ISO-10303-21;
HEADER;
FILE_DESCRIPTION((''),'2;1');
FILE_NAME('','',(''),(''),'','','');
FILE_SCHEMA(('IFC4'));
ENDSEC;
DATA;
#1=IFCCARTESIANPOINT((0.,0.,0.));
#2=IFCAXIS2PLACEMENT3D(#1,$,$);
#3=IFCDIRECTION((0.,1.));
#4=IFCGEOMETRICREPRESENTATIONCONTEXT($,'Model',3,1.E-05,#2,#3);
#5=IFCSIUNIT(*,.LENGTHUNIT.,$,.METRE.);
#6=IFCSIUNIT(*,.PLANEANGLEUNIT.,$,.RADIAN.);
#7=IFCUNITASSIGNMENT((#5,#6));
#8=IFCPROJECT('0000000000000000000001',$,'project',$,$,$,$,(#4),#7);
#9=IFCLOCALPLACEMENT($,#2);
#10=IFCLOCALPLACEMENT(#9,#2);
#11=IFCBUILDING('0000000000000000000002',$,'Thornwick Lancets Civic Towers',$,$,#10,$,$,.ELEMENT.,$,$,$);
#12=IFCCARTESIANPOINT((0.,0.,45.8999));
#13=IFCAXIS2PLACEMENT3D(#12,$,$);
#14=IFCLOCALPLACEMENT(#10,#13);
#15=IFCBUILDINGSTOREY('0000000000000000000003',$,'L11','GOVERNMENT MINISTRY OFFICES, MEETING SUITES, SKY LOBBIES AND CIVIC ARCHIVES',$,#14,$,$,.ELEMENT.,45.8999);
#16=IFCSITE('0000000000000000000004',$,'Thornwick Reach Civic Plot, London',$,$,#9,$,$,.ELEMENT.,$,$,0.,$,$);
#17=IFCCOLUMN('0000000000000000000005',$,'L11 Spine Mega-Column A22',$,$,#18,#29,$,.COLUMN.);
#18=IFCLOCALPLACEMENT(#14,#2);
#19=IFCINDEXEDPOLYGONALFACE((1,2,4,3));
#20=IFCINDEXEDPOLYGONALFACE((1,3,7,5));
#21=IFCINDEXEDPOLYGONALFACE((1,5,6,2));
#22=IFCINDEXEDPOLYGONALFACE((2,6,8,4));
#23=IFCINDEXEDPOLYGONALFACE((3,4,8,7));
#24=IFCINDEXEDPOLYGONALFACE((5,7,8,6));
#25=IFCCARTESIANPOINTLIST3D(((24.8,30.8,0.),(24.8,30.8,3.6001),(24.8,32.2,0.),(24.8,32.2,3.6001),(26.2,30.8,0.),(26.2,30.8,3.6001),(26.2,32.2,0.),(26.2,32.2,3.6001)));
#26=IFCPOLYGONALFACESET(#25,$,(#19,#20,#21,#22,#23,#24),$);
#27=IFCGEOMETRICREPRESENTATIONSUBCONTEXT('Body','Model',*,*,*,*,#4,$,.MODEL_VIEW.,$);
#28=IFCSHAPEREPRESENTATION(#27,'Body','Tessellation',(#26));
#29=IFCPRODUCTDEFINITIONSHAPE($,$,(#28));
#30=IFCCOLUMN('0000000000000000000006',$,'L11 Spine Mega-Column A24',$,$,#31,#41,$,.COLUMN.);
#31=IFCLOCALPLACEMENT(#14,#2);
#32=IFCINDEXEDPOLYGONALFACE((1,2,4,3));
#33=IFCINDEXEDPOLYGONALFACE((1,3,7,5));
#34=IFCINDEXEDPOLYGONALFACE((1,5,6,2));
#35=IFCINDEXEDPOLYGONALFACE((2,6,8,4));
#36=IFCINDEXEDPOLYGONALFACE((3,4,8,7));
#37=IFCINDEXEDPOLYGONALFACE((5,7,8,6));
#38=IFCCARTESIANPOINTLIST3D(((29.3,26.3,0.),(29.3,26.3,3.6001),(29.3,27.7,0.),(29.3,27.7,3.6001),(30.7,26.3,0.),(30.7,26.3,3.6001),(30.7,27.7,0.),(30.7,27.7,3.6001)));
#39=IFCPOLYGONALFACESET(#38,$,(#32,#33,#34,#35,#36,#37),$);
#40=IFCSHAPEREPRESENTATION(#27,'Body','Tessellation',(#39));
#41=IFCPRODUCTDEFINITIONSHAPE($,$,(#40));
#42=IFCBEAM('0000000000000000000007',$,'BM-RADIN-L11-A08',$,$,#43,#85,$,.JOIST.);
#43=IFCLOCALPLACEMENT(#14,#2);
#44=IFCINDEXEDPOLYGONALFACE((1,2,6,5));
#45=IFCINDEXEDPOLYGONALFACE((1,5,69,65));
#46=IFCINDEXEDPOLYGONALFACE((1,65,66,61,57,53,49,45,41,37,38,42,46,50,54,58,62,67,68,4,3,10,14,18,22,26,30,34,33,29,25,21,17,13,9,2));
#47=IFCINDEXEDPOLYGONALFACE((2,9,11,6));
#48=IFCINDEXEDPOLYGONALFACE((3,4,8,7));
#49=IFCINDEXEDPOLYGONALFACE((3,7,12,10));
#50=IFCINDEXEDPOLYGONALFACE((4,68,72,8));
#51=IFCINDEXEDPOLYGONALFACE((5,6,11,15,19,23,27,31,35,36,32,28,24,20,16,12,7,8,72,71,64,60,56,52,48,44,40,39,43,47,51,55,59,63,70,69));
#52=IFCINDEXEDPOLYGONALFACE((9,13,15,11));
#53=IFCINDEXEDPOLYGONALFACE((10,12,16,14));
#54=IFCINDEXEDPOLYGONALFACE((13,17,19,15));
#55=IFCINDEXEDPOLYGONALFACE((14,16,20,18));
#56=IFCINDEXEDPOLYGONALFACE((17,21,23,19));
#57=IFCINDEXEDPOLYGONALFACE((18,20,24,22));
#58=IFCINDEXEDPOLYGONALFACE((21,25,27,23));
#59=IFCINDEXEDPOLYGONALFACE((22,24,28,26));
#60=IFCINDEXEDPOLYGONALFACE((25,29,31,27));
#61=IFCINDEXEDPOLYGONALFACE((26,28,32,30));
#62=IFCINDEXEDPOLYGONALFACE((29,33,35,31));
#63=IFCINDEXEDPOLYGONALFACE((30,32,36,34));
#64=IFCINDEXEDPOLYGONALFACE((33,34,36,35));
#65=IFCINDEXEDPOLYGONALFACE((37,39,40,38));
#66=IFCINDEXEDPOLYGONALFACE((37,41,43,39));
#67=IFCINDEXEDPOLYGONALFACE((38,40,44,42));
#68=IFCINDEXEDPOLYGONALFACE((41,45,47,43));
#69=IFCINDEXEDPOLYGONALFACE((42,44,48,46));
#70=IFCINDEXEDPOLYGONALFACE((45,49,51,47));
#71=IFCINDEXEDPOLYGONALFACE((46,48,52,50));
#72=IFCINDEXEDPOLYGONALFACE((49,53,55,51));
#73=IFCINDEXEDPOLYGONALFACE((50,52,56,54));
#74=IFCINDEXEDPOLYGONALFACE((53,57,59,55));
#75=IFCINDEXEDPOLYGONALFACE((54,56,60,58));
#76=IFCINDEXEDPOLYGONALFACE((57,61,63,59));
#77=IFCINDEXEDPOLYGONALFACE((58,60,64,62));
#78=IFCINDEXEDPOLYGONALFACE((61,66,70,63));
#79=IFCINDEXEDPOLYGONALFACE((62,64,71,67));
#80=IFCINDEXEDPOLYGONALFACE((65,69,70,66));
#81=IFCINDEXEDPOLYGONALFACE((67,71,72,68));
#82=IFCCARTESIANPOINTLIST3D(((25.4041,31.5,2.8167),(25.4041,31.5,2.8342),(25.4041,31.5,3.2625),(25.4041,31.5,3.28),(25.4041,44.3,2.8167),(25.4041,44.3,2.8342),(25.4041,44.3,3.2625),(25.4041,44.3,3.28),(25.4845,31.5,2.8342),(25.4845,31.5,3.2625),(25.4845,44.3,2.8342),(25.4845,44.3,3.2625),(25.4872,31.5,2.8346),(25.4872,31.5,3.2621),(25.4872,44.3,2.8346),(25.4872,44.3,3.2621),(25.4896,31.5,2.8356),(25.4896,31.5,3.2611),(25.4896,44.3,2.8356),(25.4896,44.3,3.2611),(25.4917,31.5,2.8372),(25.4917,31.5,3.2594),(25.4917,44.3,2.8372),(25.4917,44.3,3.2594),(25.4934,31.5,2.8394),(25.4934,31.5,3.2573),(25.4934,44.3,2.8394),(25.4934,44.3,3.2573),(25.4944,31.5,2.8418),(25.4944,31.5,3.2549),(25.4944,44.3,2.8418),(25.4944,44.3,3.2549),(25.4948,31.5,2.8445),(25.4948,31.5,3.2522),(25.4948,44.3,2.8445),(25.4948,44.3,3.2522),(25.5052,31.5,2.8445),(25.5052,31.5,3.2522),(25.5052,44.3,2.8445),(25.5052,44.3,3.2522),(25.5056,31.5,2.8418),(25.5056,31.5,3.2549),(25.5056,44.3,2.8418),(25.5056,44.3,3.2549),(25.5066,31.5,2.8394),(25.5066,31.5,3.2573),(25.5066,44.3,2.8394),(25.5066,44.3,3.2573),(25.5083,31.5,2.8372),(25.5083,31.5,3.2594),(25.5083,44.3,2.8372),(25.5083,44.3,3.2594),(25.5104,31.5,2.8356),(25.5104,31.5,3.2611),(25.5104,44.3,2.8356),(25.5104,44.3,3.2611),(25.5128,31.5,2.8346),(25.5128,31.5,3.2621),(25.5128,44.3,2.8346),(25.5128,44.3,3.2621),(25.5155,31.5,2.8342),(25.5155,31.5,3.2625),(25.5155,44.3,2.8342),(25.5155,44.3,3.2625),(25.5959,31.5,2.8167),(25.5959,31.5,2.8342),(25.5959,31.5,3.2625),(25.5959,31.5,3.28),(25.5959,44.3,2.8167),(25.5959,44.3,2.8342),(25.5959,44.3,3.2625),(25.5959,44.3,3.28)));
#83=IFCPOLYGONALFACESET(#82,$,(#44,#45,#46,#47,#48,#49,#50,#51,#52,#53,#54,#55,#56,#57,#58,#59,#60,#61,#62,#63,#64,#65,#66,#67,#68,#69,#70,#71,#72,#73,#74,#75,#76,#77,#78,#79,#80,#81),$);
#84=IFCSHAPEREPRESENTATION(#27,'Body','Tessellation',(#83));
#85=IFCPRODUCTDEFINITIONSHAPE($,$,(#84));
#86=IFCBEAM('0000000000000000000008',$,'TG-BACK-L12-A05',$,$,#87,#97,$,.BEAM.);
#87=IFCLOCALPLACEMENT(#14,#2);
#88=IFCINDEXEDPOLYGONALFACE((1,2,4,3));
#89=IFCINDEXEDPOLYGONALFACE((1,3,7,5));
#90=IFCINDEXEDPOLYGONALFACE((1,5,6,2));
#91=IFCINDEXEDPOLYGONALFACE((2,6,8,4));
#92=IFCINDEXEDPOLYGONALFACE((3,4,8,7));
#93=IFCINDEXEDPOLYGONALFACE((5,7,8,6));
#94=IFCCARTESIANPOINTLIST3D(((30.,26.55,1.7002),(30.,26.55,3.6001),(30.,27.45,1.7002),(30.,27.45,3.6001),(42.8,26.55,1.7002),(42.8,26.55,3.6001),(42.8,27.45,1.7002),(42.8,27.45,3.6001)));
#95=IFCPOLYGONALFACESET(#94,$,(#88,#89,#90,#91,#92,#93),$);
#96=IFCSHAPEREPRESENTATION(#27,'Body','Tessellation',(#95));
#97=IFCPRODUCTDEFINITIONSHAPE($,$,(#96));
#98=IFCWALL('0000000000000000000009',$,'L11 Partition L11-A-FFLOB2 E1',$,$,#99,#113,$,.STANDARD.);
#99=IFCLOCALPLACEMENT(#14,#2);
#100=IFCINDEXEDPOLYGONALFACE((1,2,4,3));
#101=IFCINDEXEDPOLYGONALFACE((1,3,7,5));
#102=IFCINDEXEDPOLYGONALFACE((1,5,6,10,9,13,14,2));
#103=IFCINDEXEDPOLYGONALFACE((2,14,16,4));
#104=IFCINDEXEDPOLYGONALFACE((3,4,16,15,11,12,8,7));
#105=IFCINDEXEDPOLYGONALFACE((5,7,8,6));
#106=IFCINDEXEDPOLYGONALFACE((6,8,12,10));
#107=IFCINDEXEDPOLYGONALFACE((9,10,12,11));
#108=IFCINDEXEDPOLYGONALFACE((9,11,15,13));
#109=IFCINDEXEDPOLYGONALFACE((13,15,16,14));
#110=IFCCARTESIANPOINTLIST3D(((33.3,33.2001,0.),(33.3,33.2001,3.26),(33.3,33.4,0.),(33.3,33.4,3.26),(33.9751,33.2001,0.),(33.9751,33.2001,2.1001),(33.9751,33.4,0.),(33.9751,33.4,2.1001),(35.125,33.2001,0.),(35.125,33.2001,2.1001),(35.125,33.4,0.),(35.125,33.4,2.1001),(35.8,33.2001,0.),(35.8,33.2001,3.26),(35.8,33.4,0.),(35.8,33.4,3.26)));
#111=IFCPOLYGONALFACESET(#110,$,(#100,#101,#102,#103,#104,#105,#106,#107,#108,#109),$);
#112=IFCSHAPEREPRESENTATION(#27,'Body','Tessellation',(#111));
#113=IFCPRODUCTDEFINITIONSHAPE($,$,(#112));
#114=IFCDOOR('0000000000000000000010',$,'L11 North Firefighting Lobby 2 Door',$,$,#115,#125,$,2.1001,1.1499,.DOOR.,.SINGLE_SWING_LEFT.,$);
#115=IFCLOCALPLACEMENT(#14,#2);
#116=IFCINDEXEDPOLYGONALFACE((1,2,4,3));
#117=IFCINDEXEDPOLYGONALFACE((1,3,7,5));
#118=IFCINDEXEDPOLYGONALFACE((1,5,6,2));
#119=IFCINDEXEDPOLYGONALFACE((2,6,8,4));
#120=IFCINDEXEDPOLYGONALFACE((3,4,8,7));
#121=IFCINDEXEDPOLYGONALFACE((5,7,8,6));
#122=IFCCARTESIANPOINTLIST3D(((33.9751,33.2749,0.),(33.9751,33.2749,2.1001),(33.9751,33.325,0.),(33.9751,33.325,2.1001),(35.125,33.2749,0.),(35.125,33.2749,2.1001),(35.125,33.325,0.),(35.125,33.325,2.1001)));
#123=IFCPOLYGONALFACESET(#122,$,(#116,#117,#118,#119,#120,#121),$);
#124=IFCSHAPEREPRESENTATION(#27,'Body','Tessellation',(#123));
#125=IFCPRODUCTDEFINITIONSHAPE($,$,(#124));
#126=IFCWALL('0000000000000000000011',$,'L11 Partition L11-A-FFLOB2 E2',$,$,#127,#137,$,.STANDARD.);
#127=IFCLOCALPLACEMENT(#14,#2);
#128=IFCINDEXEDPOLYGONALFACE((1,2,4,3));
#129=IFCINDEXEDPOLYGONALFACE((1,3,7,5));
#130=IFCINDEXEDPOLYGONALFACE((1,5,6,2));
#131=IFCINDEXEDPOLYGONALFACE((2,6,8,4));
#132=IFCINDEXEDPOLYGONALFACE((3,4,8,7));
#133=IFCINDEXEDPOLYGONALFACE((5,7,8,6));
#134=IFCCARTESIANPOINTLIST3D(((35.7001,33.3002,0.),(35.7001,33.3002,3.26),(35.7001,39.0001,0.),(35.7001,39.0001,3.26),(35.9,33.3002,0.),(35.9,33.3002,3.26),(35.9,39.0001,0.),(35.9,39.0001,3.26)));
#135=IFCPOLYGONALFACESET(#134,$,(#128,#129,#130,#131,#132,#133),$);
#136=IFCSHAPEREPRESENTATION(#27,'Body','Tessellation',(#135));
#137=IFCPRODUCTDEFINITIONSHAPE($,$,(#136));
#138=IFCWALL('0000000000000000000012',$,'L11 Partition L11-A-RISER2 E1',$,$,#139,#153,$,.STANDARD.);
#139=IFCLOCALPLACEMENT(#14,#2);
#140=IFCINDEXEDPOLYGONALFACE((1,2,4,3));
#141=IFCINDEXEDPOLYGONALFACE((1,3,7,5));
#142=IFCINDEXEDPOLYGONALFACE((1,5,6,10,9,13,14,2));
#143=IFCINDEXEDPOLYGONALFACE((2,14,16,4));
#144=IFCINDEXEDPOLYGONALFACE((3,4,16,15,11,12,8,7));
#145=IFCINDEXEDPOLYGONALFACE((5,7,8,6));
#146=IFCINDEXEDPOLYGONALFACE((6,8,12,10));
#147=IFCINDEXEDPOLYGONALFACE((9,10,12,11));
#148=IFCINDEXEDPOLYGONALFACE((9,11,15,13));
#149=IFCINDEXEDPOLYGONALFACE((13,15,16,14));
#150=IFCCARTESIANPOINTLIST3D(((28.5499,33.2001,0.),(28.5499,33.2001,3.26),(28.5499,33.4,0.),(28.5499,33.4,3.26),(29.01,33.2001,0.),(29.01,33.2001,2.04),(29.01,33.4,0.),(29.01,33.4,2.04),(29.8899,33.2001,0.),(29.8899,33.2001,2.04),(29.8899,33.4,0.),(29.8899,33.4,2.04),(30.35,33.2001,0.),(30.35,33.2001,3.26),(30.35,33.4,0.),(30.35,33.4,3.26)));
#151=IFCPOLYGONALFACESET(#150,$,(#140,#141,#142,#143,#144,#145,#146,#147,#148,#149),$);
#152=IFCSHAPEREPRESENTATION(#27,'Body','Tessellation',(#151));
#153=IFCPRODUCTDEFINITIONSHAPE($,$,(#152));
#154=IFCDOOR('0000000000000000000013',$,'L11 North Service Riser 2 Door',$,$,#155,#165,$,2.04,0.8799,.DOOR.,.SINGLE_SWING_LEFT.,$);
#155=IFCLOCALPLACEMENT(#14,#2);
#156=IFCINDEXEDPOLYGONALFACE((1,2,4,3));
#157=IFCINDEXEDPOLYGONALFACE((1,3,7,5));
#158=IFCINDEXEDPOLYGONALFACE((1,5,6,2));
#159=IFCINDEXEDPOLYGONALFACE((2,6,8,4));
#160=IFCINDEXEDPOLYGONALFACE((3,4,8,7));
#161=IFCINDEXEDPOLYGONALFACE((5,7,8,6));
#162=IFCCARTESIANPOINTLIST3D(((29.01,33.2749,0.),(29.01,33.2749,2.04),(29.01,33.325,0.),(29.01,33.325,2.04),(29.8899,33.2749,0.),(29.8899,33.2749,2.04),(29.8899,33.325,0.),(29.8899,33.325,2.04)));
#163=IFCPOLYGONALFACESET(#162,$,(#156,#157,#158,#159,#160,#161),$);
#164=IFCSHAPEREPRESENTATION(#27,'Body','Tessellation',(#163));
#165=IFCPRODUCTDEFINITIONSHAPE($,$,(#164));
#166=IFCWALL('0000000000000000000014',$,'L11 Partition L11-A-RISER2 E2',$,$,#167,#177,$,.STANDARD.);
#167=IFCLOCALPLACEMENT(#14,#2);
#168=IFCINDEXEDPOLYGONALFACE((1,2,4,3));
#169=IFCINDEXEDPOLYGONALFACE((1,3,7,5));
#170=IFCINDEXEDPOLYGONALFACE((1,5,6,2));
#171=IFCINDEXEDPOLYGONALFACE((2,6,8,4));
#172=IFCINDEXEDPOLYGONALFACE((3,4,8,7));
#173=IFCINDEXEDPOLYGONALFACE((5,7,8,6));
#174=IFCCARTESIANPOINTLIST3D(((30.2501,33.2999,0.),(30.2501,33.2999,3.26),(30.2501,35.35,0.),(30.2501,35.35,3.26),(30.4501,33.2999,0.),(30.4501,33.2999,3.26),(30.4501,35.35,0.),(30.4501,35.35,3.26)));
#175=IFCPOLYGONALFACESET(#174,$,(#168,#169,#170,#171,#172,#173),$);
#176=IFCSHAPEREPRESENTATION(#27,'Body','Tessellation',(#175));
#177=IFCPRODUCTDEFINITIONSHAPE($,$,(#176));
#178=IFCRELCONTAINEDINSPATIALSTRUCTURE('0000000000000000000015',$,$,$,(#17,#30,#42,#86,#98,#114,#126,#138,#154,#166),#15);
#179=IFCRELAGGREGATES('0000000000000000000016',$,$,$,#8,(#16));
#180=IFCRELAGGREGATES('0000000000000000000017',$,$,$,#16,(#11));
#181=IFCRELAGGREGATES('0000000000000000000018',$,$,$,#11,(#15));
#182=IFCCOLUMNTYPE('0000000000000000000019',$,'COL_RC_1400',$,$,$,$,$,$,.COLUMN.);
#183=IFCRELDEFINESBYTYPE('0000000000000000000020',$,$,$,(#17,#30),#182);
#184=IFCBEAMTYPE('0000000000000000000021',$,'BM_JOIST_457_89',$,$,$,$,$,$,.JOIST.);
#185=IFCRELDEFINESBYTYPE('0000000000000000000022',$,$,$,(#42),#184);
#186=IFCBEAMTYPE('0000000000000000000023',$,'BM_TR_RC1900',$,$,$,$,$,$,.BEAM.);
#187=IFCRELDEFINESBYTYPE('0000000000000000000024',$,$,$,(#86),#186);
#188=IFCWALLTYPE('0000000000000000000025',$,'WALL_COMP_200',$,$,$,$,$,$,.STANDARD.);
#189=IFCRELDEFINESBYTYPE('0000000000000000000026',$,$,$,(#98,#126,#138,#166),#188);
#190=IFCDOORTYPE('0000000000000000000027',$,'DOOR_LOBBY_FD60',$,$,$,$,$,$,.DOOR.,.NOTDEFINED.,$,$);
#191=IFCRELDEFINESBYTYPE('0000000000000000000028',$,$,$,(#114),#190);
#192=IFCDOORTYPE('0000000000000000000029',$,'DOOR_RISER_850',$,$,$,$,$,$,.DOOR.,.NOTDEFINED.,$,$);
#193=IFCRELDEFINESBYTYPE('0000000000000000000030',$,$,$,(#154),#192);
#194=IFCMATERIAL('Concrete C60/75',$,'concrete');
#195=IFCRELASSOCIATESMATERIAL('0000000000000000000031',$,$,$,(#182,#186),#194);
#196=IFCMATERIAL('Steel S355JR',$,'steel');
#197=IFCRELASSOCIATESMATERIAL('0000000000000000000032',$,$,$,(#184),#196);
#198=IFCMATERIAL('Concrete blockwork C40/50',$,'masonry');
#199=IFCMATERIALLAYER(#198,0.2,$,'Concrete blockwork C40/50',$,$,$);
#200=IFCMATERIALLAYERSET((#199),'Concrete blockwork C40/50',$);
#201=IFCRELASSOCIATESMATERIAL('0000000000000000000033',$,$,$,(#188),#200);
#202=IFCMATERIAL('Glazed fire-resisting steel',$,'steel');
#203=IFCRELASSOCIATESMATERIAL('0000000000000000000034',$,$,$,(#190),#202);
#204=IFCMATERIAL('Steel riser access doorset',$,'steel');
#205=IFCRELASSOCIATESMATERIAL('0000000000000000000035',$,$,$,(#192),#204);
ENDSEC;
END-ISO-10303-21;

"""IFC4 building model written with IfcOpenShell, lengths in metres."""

from ifc_helpers import new_model, si_unit, direction, frame, frame_2d, origin, origin_2d, place, context, subcontext, project, spatial, rectangle, i_section, extrude, material, layer, layer_set, material_profile, profile_set, type_object, element, fill, save


model = new_model("IFC4")

# Units and contexts
model_context = context("Model", 3, precision=1e-05, world=origin(), true_north=direction((0.0, 1.0)))
body_context = subcontext(model_context, "Body", "Model", "MODEL_VIEW")
ifc_project = project(units=[si_unit("LENGTHUNIT", "METRE"), si_unit("PLANEANGLEUNIT", "RADIAN")], contexts=[model_context])

# Site, building, storey
site_placement = place(None, origin())
site = spatial("IfcSite", under=ifc_project, at=site_placement, Name="Thornwick Reach Civic Plot, London", CompositionType="ELEMENT", RefElevation=0.0)
building_placement = place(site_placement, origin())
building = spatial("IfcBuilding", under=site, at=building_placement, Name="Thornwick Lancets Civic Towers", CompositionType="ELEMENT")
storey_placement = place(building_placement, frame((0.0, 0.0, 45.8999)))
storey = spatial("IfcBuildingStorey", under=building, at=storey_placement, Name="L11", Description="GOVERNMENT MINISTRY OFFICES, MEETING SUITES, SKY LOBBIES AND CIVIC ARCHIVES", CompositionType="ELEMENT", Elevation=45.8999)

# Columns
ifc_material_1 = material(Name="Concrete C60/75", Category="concrete")
ifc_material_profile_1 = material_profile(ifc_material_1, rectangle(XDim=1.3999, YDim=1.3999, at=origin_2d()), Name="RC 1400x1400")
ifc_profile_set_1 = profile_set([ifc_material_profile_1], Name="Concrete C60/75")
column_type = type_object("IfcColumnType", Name="COL_RC_1400", PredefinedType="COLUMN", material=ifc_profile_set_1)
for number, where, z_axis, x_axis, name in (
    (1, (25.5, 31.5, 0.0), (0.0, 0.0, 1.0), (1.0, 0.0, 0.0), "L11 Spine Mega-Column A22"),
    (2, (30.0, 27.0, 0.0), (0.0, 0.0, 1.0), (1.0, 0.0, 0.0), "L11 Spine Mega-Column A24"),
):
    element("IfcColumn", number, at=place(storey_placement, frame(where, z_axis=z_axis, x_axis=x_axis)), inside=storey, type_object=column_type, Name=name, PredefinedType="COLUMN", context=body_context, shape_type="SweptSolid", body=[
        extrude(rectangle(XDim=1.3999, YDim=1.3999, at=origin_2d()), origin(), (0.0, 0.0, 1.0), 3.6001),
    ])

# Beams
ifc_material_2 = material(Name="Steel S355JR", Category="steel")
ifc_material_profile_2 = material_profile(ifc_material_2, i_section(OverallWidth=0.1919, OverallDepth=0.4634, WebThickness=0.0105, FlangeThickness=0.0176, FilletRadius=0.0103, at=origin_2d()), Name="UKB 457x191x89")
ifc_profile_set_2 = profile_set([ifc_material_profile_2], Name="Steel S355JR")
beam_type_1 = type_object("IfcBeamType", Name="BM_JOIST_457_89", PredefinedType="JOIST", material=ifc_profile_set_2)
beam_1_placement = place(storey_placement, frame((25.5, 31.5, 3.0483), z_axis=(0.0, 1.0, 0.0), x_axis=(-1.0, 0.0, 0.0)))
element("IfcBeam", 3, at=beam_1_placement, inside=storey, type_object=beam_type_1, Name="BM-RADIN-L11-A08", PredefinedType="JOIST", context=body_context, shape_type="SweptSolid", body=[
    extrude(i_section(OverallWidth=0.1919, OverallDepth=0.4634, WebThickness=0.0105, FlangeThickness=0.0176, FilletRadius=0.0103, at=origin_2d()), origin(), (0.0, 0.0, 1.0), 12.8),
])
ifc_material_profile_3 = material_profile(ifc_material_1, rectangle(XDim=0.8999, YDim=1.8999, at=origin_2d()), Name="RC 900x1900")
ifc_profile_set_3 = profile_set([ifc_material_profile_3], Name="Concrete C60/75")
beam_type_2 = type_object("IfcBeamType", Name="BM_TR_RC1900", PredefinedType="BEAM", material=ifc_profile_set_3)
beam_2_placement = place(storey_placement, frame((30.0, 27.0, 2.6501), z_axis=(1.0, 0.0, 0.0), x_axis=(0.0, 1.0, 0.0)))
element("IfcBeam", 4, at=beam_2_placement, inside=storey, type_object=beam_type_2, Name="TG-BACK-L12-A05", PredefinedType="BEAM", context=body_context, shape_type="SweptSolid", body=[
    extrude(rectangle(XDim=0.8999, YDim=1.8999, at=origin_2d()), origin(), (0.0, 0.0, 1.0), 12.8),
])

# Wall, opening, door
ifc_material_3 = material(Name="Concrete blockwork C40/50", Category="masonry")
ifc_layer_1 = layer(ifc_material_3, 0.2, Name="Concrete blockwork C40/50")
ifc_layer_set_1 = layer_set([ifc_layer_1], Name="Concrete blockwork C40/50")
wall_type_1 = type_object("IfcWallType", Name="WALL_COMP_200", PredefinedType="STANDARD", material=ifc_layer_set_1)
wall_1_placement = place(storey_placement, frame((33.3, 33.3, 0.0), z_axis=(0.0, 0.0, 1.0), x_axis=(1.0, 0.0, 0.0)))
wall_1 = element("IfcWall", 5, at=wall_1_placement, inside=storey, type_object=wall_type_1, Name="L11 Partition L11-A-FFLOB2 E1", PredefinedType="STANDARD", context=body_context, shape_type="SweptSolid", body=[
    extrude(rectangle(XDim=2.5, YDim=0.2, at=frame_2d((1.25, 0.0))), origin(), (0.0, 0.0, 1.0), 3.26),
])
opening_1_placement = place(wall_1_placement, frame((0.675, 0.0, 0.0)))
opening_1 = element("IfcOpeningElement", 6, at=opening_1_placement, cuts=wall_1, PredefinedType="OPENING", context=body_context, shape_type="SweptSolid", body=[
    extrude(rectangle(XDim=1.1499, YDim=2.1001, at=frame_2d((0.575, 1.05))), frame((0.0, 0.1099, 0.0), z_axis=(0.0, -1.0, 0.0), x_axis=(1.0, 0.0, 0.0)), (0.0, 0.0, 1.0), 0.22),
])
ifc_material_4 = material(Name="Glazed fire-resisting steel", Category="steel")
door_type_1 = type_object("IfcDoorType", Name="DOOR_LOBBY_FD60", OperationType="NOTDEFINED", PredefinedType="DOOR", material=ifc_material_4)
door_1_placement = place(opening_1_placement, origin())
door_1 = element("IfcDoor", 7, at=door_1_placement, inside=storey, type_object=door_type_1, Name="L11 North Firefighting Lobby 2 Door", OperationType="SINGLE_SWING_LEFT", OverallHeight=2.1001, OverallWidth=1.1499, PredefinedType="DOOR", context=body_context, shape_type="SweptSolid", body=[
    extrude(rectangle(XDim=1.1499, YDim=2.1001, at=frame_2d((0.575, 1.05))), frame((0.0, 0.0249, 0.0), z_axis=(0.0, -1.0, 0.0), x_axis=(1.0, 0.0, 0.0)), (0.0, 0.0, 1.0), 0.05),
])
fill(opening_1, door_1)

# Wall
wall_2_placement = place(storey_placement, frame((35.8, 33.3, 0.0), z_axis=(0.0, 0.0, 1.0), x_axis=(0.0, 1.0, 0.0)))
element("IfcWall", 8, at=wall_2_placement, inside=storey, type_object=wall_type_1, Name="L11 Partition L11-A-FFLOB2 E2", PredefinedType="STANDARD", context=body_context, shape_type="SweptSolid", body=[
    extrude(rectangle(XDim=5.7, YDim=0.2, at=frame_2d((2.8501, 0.0))), origin(), (0.0, 0.0, 1.0), 3.26),
])

# Wall, opening, door
wall_3_placement = place(storey_placement, frame((28.55, 33.3, 0.0), z_axis=(0.0, 0.0, 1.0), x_axis=(1.0, 0.0, 0.0)))
wall_3 = element("IfcWall", 9, at=wall_3_placement, inside=storey, type_object=wall_type_1, Name="L11 Partition L11-A-RISER2 E1", PredefinedType="STANDARD", context=body_context, shape_type="SweptSolid", body=[
    extrude(rectangle(XDim=1.8, YDim=0.2, at=frame_2d((0.8999, 0.0))), origin(), (0.0, 0.0, 1.0), 3.26),
])
opening_2_placement = place(wall_3_placement, frame((0.46, 0.0, 0.0)))
opening_2 = element("IfcOpeningElement", 10, at=opening_2_placement, cuts=wall_3, PredefinedType="OPENING", context=body_context, shape_type="SweptSolid", body=[
    extrude(rectangle(XDim=0.8799, YDim=2.04, at=frame_2d((0.4399, 1.02))), frame((0.0, 0.1099, 0.0), z_axis=(0.0, -1.0, 0.0), x_axis=(1.0, 0.0, 0.0)), (0.0, 0.0, 1.0), 0.22),
])
ifc_material_5 = material(Name="Steel riser access doorset", Category="steel")
door_type_2 = type_object("IfcDoorType", Name="DOOR_RISER_850", OperationType="NOTDEFINED", PredefinedType="DOOR", material=ifc_material_5)
door_2_placement = place(opening_2_placement, origin())
door_2 = element("IfcDoor", 11, at=door_2_placement, inside=storey, type_object=door_type_2, Name="L11 North Service Riser 2 Door", OperationType="SINGLE_SWING_LEFT", OverallHeight=2.04, OverallWidth=0.8799, PredefinedType="DOOR", context=body_context, shape_type="SweptSolid", body=[
    extrude(rectangle(XDim=0.8799, YDim=2.04, at=frame_2d((0.4399, 1.02))), frame((0.0, 0.0249, 0.0), z_axis=(0.0, -1.0, 0.0), x_axis=(1.0, 0.0, 0.0)), (0.0, 0.0, 1.0), 0.05),
])
fill(opening_2, door_2)

# Wall
for number, where, z_axis, x_axis, name in (
    (12, (30.3501, 33.3, 0.0), (0.0, 0.0, 1.0), (0.0, 1.0, 0.0), "L11 Partition L11-A-RISER2 E2"),
):
    element("IfcWall", number, at=place(storey_placement, frame(where, z_axis=z_axis, x_axis=x_axis)), inside=storey, type_object=wall_type_1, Name=name, PredefinedType="STANDARD", context=body_context, shape_type="SweptSolid", body=[
        extrude(rectangle(XDim=2.05, YDim=0.2, at=frame_2d((1.0249, 0.0))), origin(), (0.0, 0.0, 1.0), 3.26),
    ])

save(model, "model.ifc")
